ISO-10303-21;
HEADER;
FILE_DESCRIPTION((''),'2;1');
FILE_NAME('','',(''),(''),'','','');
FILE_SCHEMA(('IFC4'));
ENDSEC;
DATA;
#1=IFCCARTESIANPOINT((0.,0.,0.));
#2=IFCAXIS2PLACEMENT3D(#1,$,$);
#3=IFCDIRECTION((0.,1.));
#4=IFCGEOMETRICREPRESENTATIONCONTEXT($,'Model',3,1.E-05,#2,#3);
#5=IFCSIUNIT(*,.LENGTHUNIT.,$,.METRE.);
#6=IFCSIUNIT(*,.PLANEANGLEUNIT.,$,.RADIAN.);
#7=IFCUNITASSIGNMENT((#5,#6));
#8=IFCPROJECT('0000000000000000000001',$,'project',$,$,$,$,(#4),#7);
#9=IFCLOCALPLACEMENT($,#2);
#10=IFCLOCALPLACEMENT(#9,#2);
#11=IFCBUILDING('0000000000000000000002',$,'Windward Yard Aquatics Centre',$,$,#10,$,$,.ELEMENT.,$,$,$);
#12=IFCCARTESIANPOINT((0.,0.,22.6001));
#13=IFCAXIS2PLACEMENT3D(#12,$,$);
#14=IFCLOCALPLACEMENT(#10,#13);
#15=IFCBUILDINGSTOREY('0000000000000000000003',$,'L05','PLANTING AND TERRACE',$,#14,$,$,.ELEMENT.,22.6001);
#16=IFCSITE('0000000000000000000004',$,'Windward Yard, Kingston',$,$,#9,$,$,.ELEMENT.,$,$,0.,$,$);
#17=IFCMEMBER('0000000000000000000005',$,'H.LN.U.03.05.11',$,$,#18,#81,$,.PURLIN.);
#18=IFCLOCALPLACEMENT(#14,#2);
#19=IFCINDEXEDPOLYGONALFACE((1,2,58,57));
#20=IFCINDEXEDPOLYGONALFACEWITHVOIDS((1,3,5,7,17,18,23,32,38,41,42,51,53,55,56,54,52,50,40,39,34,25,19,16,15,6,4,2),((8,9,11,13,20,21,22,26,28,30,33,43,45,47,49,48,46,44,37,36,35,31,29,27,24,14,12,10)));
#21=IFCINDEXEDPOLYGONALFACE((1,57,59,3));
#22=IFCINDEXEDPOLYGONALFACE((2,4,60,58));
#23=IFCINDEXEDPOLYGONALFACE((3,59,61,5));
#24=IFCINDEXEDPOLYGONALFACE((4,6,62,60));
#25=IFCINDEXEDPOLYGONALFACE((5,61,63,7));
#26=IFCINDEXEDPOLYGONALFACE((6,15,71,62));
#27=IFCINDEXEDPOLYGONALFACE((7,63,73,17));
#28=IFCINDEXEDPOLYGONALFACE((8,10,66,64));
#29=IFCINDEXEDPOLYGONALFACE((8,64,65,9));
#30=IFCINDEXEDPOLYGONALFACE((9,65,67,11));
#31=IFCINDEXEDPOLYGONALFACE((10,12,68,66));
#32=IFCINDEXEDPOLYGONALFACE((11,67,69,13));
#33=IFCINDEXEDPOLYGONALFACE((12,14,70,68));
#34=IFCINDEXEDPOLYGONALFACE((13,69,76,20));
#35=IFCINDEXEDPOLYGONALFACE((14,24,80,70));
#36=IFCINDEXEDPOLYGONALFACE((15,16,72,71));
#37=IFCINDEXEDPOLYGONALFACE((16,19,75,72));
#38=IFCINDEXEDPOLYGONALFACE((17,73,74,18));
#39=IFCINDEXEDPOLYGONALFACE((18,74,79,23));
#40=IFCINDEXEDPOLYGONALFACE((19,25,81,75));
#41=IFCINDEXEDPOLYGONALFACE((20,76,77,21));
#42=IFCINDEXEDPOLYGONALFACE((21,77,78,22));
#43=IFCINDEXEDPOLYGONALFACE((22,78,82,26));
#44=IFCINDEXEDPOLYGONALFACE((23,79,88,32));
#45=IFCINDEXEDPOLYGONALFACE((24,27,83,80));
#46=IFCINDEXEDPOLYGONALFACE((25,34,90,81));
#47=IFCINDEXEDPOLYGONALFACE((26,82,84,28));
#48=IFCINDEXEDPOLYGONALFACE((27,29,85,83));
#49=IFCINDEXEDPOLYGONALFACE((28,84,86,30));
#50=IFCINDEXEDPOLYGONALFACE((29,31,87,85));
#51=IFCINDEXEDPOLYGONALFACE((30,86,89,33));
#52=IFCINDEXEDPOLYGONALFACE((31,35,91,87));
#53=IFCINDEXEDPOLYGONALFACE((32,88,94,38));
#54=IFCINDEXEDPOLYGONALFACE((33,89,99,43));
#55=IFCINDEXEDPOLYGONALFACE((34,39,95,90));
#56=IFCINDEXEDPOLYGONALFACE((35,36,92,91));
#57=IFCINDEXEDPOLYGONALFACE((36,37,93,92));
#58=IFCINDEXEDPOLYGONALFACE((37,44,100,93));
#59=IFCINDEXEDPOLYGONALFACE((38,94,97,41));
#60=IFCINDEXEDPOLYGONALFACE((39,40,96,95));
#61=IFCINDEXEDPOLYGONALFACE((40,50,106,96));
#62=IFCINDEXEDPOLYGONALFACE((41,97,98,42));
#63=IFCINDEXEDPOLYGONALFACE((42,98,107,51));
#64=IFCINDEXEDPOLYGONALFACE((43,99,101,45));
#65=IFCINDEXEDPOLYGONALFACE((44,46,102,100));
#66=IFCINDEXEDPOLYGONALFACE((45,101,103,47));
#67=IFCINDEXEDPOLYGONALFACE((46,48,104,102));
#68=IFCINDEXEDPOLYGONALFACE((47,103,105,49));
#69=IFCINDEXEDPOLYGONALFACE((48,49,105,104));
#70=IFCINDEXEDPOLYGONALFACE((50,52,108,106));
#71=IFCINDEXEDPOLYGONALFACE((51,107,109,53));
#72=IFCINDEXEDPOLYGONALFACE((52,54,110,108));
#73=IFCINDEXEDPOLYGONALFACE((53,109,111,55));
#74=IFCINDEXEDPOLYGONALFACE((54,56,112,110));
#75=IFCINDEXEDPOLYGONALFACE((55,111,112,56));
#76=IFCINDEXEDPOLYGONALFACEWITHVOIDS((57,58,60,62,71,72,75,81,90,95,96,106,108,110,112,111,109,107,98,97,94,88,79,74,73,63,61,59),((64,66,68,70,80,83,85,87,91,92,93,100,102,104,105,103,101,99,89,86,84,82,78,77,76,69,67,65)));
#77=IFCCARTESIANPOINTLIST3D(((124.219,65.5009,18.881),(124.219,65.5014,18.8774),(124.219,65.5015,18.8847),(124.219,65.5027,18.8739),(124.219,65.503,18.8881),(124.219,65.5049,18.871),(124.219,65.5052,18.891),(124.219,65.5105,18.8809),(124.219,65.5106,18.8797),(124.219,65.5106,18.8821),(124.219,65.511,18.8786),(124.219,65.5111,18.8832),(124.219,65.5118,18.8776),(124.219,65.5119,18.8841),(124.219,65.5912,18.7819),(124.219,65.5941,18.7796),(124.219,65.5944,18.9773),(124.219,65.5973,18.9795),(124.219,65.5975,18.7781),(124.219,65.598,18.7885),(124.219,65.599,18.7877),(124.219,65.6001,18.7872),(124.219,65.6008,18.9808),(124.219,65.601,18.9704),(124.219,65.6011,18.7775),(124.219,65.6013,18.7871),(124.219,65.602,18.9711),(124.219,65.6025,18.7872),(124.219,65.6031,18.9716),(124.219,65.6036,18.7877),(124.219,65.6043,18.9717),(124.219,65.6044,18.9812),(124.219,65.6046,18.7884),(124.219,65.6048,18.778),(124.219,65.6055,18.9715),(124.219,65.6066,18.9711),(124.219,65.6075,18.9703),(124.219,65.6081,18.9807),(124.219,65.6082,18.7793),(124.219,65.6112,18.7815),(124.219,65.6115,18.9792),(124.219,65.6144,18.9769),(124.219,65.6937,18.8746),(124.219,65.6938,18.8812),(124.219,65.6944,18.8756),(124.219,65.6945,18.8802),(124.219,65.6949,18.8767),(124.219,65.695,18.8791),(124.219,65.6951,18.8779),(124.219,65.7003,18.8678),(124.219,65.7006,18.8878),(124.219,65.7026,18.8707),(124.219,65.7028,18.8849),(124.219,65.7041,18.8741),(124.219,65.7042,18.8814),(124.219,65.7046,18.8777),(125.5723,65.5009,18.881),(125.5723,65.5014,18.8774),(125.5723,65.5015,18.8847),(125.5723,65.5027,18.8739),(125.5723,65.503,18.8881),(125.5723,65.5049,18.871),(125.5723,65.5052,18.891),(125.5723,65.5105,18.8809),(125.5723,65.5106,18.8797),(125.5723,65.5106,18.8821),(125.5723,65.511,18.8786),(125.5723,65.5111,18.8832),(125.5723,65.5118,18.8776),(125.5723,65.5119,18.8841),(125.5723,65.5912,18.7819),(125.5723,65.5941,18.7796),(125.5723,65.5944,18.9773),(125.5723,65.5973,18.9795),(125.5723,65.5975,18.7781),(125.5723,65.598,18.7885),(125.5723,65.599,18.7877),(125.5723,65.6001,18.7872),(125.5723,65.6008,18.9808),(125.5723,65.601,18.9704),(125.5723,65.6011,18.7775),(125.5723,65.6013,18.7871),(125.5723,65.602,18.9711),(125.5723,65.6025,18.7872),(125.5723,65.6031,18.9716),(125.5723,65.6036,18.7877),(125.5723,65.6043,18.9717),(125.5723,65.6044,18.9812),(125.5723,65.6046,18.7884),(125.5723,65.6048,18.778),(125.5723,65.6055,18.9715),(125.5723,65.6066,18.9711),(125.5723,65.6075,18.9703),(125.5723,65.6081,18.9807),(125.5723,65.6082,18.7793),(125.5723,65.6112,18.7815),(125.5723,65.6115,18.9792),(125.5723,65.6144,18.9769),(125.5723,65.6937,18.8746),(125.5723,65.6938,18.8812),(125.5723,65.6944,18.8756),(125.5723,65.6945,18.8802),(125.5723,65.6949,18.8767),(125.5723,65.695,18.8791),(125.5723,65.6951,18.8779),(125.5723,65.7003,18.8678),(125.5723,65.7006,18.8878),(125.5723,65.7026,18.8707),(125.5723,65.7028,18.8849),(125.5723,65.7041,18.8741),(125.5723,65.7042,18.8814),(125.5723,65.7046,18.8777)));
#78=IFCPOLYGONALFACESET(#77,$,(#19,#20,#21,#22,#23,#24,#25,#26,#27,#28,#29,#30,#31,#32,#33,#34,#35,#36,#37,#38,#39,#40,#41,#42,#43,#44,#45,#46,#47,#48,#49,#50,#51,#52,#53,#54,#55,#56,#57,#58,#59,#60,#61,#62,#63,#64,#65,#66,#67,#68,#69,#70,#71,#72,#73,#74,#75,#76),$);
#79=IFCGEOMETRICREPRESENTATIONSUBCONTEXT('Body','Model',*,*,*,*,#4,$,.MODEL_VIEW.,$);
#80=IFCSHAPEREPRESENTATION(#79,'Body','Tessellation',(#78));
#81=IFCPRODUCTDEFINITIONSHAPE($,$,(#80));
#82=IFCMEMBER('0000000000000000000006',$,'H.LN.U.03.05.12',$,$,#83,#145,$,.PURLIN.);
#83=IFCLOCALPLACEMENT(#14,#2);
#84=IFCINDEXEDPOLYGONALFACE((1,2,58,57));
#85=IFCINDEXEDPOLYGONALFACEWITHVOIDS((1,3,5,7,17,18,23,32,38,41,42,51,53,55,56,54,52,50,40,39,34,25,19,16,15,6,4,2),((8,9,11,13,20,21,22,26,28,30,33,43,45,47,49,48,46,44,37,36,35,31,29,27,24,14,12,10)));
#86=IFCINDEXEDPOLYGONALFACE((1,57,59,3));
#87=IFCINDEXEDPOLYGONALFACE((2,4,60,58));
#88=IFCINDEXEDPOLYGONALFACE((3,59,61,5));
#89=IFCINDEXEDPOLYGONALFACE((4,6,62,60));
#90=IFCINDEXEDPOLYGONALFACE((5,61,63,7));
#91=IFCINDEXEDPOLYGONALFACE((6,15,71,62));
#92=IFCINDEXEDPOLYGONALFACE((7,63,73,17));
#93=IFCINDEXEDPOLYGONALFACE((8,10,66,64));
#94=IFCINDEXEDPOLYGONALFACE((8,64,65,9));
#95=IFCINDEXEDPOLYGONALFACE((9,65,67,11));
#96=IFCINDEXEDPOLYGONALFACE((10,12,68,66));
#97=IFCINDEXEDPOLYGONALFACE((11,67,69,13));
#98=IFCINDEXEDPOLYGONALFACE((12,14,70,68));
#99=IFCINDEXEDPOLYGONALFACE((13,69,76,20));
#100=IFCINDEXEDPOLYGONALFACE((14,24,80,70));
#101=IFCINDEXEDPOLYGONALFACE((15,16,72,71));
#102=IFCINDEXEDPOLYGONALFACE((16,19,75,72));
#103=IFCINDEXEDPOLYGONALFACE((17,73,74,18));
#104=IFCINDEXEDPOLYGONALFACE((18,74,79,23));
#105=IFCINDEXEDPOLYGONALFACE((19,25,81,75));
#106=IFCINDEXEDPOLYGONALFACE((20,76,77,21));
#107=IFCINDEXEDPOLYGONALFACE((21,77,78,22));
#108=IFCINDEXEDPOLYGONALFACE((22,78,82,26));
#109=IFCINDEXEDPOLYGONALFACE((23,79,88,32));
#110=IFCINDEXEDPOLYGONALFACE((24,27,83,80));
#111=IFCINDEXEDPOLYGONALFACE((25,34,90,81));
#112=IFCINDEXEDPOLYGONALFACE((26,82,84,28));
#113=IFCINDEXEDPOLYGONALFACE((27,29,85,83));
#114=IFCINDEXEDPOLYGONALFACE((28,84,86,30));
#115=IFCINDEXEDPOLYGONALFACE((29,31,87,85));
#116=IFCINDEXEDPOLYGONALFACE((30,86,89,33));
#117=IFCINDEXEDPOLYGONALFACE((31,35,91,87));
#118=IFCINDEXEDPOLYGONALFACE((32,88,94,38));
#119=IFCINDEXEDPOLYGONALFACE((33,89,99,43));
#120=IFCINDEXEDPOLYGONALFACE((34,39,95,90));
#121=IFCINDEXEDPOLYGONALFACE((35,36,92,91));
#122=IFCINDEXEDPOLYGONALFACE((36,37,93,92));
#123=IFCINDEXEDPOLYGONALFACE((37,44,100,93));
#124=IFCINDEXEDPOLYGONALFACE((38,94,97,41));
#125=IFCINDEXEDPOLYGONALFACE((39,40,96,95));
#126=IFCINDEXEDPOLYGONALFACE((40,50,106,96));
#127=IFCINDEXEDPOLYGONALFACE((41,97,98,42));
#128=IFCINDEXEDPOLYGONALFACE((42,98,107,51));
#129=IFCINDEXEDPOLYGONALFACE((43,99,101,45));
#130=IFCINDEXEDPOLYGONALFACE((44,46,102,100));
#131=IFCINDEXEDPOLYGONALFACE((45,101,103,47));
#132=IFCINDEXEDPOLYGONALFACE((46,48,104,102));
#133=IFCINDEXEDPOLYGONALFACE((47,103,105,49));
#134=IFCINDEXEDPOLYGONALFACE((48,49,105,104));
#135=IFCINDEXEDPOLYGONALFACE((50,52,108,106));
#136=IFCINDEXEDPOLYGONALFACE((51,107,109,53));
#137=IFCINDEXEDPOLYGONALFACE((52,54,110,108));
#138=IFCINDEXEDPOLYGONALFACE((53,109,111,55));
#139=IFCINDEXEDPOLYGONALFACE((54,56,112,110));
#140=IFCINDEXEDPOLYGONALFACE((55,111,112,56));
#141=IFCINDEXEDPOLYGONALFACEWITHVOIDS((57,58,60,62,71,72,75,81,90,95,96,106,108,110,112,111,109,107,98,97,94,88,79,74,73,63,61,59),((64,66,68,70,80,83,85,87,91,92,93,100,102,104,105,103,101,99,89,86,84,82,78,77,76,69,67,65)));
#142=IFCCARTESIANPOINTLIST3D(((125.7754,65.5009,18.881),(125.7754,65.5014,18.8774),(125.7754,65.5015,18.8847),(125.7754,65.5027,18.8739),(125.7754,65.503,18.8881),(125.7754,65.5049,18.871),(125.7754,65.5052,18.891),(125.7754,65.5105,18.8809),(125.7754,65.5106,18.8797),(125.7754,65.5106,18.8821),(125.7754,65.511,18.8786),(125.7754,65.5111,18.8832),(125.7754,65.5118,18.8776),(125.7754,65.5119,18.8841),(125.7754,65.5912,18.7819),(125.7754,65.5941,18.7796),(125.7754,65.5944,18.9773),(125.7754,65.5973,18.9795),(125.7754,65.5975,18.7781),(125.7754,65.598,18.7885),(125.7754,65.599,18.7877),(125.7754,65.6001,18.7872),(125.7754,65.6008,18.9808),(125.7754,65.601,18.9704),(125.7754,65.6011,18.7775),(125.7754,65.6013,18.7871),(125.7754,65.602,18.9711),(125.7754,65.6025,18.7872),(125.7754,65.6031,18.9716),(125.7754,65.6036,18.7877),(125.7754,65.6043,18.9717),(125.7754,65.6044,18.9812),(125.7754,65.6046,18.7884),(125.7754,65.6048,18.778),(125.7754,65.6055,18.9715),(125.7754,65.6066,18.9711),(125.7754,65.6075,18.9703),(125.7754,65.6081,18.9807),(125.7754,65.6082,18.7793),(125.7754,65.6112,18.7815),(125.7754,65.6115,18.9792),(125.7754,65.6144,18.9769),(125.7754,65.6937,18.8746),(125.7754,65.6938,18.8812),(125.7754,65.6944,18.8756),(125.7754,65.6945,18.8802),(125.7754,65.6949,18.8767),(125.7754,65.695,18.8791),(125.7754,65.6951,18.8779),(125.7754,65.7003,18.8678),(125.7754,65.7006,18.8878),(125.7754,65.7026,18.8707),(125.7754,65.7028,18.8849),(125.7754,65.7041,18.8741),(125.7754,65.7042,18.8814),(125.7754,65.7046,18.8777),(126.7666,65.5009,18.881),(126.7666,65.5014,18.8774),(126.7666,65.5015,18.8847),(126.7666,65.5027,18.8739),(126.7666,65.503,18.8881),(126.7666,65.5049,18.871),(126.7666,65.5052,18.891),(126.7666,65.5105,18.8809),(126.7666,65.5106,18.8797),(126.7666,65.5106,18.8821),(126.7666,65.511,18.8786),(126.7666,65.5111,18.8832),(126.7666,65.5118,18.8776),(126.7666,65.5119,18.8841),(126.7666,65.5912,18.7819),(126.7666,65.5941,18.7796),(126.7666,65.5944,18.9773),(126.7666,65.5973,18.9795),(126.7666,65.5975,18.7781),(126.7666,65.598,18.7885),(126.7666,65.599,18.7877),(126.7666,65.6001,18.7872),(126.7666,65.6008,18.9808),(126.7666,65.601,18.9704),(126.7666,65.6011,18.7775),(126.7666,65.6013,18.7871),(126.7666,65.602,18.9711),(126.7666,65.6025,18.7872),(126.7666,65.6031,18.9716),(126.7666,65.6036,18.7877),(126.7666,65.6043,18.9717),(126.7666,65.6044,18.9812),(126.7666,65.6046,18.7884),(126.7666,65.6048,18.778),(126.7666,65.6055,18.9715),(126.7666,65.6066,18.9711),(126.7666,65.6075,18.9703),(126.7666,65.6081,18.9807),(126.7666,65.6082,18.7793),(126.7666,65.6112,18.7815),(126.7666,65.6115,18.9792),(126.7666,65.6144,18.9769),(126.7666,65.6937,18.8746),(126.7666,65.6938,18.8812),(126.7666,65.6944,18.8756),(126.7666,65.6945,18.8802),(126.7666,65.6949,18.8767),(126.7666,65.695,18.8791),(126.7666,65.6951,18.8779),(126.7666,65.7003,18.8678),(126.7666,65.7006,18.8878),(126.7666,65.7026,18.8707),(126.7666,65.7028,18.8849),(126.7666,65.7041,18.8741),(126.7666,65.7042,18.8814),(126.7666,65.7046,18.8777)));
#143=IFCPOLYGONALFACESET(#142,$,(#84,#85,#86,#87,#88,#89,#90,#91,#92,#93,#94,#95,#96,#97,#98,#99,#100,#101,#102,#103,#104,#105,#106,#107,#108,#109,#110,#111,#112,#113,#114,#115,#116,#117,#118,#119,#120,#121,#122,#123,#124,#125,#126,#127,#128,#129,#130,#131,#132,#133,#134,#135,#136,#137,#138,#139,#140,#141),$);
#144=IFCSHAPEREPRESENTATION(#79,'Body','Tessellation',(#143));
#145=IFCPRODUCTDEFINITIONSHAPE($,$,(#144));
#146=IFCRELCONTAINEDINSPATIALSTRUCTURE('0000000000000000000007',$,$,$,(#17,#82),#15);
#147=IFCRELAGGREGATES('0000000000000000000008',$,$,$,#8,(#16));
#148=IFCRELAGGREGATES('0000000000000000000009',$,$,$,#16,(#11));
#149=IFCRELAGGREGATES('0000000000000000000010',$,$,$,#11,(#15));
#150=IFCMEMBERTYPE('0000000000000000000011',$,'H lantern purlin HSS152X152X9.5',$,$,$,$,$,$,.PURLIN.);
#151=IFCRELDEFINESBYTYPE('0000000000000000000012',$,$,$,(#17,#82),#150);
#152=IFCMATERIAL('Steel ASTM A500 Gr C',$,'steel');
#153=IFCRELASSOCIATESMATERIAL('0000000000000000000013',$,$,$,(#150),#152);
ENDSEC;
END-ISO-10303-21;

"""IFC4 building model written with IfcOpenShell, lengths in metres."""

from ifc_helpers import new_model, si_unit, direction, frame, origin, origin_2d, place, context, subcontext, project, spatial, hollow_rectangle, extrude, material, material_profile, profile_set, type_object, element, save


model = new_model("IFC4")

# Units and contexts
model_context = context("Model", 3, precision=1e-05, world=origin(), true_north=direction((0.0, 1.0)))
body_context = subcontext(model_context, "Body", "Model", "MODEL_VIEW")
ifc_project = project(units=[si_unit("LENGTHUNIT", "METRE"), si_unit("PLANEANGLEUNIT", "RADIAN")], contexts=[model_context])

# Site, building, storey
site_placement = place(None, origin())
site = spatial("IfcSite", under=ifc_project, at=site_placement, Name="Windward Yard, Kingston", CompositionType="ELEMENT", RefElevation=0.0)
building_placement = place(site_placement, origin())
building = spatial("IfcBuilding", under=site, at=building_placement, Name="Windward Yard Aquatics Centre", CompositionType="ELEMENT")
storey_placement = place(building_placement, frame((0.0, 0.0, 22.6001)))
storey = spatial("IfcBuildingStorey", under=building, at=storey_placement, Name="L05", Description="PLANTING AND TERRACE", CompositionType="ELEMENT", Elevation=22.6001)

# Members
ifc_material_1 = material(Name="Steel ASTM A500 Gr C", Category="steel")
ifc_material_profile = material_profile(ifc_material_1, hollow_rectangle(XDim=0.1523, YDim=0.1523, WallThickness=0.0095, InnerFilletRadius=0.0046, OuterFilletRadius=0.0142, at=origin_2d()), Name="HSS152X152X9.5")
ifc_profile_set = profile_set([ifc_material_profile], Name="Steel ASTM A500 Gr C")
member_type = type_object("IfcMemberType", Name="H lantern purlin HSS152X152X9.5", PredefinedType="PURLIN", material=ifc_profile_set)
member_1_placement = place(storey_placement, frame((124.219, 65.6028, 18.8794), z_axis=(1.0, 0.0, 0.0), x_axis=(0.0, 0.69555, -0.718477)))
element("IfcMember", 1, at=member_1_placement, inside=storey, type_object=member_type, Name="H.LN.U.03.05.11", PredefinedType="PURLIN", context=body_context, shape_type="SweptSolid", body=[
    extrude(hollow_rectangle(XDim=0.1523, YDim=0.1523, WallThickness=0.0095, InnerFilletRadius=0.0046, OuterFilletRadius=0.0142, at=origin_2d()), origin(), (0.0, 0.0, 1.0), 1.3533),
])
member_2_placement = place(storey_placement, frame((125.7754, 65.6028, 18.8794), z_axis=(1.0, 0.0, 0.0), x_axis=(0.0, 0.69555, -0.718477)))
element("IfcMember", 2, at=member_2_placement, inside=storey, type_object=member_type, Name="H.LN.U.03.05.12", PredefinedType="PURLIN", context=body_context, shape_type="SweptSolid", body=[
    extrude(hollow_rectangle(XDim=0.1523, YDim=0.1523, WallThickness=0.0095, InnerFilletRadius=0.0046, OuterFilletRadius=0.0142, at=origin_2d()), origin(), (0.0, 0.0, 1.0), 0.9912),
])

save(model, "model.ifc")
